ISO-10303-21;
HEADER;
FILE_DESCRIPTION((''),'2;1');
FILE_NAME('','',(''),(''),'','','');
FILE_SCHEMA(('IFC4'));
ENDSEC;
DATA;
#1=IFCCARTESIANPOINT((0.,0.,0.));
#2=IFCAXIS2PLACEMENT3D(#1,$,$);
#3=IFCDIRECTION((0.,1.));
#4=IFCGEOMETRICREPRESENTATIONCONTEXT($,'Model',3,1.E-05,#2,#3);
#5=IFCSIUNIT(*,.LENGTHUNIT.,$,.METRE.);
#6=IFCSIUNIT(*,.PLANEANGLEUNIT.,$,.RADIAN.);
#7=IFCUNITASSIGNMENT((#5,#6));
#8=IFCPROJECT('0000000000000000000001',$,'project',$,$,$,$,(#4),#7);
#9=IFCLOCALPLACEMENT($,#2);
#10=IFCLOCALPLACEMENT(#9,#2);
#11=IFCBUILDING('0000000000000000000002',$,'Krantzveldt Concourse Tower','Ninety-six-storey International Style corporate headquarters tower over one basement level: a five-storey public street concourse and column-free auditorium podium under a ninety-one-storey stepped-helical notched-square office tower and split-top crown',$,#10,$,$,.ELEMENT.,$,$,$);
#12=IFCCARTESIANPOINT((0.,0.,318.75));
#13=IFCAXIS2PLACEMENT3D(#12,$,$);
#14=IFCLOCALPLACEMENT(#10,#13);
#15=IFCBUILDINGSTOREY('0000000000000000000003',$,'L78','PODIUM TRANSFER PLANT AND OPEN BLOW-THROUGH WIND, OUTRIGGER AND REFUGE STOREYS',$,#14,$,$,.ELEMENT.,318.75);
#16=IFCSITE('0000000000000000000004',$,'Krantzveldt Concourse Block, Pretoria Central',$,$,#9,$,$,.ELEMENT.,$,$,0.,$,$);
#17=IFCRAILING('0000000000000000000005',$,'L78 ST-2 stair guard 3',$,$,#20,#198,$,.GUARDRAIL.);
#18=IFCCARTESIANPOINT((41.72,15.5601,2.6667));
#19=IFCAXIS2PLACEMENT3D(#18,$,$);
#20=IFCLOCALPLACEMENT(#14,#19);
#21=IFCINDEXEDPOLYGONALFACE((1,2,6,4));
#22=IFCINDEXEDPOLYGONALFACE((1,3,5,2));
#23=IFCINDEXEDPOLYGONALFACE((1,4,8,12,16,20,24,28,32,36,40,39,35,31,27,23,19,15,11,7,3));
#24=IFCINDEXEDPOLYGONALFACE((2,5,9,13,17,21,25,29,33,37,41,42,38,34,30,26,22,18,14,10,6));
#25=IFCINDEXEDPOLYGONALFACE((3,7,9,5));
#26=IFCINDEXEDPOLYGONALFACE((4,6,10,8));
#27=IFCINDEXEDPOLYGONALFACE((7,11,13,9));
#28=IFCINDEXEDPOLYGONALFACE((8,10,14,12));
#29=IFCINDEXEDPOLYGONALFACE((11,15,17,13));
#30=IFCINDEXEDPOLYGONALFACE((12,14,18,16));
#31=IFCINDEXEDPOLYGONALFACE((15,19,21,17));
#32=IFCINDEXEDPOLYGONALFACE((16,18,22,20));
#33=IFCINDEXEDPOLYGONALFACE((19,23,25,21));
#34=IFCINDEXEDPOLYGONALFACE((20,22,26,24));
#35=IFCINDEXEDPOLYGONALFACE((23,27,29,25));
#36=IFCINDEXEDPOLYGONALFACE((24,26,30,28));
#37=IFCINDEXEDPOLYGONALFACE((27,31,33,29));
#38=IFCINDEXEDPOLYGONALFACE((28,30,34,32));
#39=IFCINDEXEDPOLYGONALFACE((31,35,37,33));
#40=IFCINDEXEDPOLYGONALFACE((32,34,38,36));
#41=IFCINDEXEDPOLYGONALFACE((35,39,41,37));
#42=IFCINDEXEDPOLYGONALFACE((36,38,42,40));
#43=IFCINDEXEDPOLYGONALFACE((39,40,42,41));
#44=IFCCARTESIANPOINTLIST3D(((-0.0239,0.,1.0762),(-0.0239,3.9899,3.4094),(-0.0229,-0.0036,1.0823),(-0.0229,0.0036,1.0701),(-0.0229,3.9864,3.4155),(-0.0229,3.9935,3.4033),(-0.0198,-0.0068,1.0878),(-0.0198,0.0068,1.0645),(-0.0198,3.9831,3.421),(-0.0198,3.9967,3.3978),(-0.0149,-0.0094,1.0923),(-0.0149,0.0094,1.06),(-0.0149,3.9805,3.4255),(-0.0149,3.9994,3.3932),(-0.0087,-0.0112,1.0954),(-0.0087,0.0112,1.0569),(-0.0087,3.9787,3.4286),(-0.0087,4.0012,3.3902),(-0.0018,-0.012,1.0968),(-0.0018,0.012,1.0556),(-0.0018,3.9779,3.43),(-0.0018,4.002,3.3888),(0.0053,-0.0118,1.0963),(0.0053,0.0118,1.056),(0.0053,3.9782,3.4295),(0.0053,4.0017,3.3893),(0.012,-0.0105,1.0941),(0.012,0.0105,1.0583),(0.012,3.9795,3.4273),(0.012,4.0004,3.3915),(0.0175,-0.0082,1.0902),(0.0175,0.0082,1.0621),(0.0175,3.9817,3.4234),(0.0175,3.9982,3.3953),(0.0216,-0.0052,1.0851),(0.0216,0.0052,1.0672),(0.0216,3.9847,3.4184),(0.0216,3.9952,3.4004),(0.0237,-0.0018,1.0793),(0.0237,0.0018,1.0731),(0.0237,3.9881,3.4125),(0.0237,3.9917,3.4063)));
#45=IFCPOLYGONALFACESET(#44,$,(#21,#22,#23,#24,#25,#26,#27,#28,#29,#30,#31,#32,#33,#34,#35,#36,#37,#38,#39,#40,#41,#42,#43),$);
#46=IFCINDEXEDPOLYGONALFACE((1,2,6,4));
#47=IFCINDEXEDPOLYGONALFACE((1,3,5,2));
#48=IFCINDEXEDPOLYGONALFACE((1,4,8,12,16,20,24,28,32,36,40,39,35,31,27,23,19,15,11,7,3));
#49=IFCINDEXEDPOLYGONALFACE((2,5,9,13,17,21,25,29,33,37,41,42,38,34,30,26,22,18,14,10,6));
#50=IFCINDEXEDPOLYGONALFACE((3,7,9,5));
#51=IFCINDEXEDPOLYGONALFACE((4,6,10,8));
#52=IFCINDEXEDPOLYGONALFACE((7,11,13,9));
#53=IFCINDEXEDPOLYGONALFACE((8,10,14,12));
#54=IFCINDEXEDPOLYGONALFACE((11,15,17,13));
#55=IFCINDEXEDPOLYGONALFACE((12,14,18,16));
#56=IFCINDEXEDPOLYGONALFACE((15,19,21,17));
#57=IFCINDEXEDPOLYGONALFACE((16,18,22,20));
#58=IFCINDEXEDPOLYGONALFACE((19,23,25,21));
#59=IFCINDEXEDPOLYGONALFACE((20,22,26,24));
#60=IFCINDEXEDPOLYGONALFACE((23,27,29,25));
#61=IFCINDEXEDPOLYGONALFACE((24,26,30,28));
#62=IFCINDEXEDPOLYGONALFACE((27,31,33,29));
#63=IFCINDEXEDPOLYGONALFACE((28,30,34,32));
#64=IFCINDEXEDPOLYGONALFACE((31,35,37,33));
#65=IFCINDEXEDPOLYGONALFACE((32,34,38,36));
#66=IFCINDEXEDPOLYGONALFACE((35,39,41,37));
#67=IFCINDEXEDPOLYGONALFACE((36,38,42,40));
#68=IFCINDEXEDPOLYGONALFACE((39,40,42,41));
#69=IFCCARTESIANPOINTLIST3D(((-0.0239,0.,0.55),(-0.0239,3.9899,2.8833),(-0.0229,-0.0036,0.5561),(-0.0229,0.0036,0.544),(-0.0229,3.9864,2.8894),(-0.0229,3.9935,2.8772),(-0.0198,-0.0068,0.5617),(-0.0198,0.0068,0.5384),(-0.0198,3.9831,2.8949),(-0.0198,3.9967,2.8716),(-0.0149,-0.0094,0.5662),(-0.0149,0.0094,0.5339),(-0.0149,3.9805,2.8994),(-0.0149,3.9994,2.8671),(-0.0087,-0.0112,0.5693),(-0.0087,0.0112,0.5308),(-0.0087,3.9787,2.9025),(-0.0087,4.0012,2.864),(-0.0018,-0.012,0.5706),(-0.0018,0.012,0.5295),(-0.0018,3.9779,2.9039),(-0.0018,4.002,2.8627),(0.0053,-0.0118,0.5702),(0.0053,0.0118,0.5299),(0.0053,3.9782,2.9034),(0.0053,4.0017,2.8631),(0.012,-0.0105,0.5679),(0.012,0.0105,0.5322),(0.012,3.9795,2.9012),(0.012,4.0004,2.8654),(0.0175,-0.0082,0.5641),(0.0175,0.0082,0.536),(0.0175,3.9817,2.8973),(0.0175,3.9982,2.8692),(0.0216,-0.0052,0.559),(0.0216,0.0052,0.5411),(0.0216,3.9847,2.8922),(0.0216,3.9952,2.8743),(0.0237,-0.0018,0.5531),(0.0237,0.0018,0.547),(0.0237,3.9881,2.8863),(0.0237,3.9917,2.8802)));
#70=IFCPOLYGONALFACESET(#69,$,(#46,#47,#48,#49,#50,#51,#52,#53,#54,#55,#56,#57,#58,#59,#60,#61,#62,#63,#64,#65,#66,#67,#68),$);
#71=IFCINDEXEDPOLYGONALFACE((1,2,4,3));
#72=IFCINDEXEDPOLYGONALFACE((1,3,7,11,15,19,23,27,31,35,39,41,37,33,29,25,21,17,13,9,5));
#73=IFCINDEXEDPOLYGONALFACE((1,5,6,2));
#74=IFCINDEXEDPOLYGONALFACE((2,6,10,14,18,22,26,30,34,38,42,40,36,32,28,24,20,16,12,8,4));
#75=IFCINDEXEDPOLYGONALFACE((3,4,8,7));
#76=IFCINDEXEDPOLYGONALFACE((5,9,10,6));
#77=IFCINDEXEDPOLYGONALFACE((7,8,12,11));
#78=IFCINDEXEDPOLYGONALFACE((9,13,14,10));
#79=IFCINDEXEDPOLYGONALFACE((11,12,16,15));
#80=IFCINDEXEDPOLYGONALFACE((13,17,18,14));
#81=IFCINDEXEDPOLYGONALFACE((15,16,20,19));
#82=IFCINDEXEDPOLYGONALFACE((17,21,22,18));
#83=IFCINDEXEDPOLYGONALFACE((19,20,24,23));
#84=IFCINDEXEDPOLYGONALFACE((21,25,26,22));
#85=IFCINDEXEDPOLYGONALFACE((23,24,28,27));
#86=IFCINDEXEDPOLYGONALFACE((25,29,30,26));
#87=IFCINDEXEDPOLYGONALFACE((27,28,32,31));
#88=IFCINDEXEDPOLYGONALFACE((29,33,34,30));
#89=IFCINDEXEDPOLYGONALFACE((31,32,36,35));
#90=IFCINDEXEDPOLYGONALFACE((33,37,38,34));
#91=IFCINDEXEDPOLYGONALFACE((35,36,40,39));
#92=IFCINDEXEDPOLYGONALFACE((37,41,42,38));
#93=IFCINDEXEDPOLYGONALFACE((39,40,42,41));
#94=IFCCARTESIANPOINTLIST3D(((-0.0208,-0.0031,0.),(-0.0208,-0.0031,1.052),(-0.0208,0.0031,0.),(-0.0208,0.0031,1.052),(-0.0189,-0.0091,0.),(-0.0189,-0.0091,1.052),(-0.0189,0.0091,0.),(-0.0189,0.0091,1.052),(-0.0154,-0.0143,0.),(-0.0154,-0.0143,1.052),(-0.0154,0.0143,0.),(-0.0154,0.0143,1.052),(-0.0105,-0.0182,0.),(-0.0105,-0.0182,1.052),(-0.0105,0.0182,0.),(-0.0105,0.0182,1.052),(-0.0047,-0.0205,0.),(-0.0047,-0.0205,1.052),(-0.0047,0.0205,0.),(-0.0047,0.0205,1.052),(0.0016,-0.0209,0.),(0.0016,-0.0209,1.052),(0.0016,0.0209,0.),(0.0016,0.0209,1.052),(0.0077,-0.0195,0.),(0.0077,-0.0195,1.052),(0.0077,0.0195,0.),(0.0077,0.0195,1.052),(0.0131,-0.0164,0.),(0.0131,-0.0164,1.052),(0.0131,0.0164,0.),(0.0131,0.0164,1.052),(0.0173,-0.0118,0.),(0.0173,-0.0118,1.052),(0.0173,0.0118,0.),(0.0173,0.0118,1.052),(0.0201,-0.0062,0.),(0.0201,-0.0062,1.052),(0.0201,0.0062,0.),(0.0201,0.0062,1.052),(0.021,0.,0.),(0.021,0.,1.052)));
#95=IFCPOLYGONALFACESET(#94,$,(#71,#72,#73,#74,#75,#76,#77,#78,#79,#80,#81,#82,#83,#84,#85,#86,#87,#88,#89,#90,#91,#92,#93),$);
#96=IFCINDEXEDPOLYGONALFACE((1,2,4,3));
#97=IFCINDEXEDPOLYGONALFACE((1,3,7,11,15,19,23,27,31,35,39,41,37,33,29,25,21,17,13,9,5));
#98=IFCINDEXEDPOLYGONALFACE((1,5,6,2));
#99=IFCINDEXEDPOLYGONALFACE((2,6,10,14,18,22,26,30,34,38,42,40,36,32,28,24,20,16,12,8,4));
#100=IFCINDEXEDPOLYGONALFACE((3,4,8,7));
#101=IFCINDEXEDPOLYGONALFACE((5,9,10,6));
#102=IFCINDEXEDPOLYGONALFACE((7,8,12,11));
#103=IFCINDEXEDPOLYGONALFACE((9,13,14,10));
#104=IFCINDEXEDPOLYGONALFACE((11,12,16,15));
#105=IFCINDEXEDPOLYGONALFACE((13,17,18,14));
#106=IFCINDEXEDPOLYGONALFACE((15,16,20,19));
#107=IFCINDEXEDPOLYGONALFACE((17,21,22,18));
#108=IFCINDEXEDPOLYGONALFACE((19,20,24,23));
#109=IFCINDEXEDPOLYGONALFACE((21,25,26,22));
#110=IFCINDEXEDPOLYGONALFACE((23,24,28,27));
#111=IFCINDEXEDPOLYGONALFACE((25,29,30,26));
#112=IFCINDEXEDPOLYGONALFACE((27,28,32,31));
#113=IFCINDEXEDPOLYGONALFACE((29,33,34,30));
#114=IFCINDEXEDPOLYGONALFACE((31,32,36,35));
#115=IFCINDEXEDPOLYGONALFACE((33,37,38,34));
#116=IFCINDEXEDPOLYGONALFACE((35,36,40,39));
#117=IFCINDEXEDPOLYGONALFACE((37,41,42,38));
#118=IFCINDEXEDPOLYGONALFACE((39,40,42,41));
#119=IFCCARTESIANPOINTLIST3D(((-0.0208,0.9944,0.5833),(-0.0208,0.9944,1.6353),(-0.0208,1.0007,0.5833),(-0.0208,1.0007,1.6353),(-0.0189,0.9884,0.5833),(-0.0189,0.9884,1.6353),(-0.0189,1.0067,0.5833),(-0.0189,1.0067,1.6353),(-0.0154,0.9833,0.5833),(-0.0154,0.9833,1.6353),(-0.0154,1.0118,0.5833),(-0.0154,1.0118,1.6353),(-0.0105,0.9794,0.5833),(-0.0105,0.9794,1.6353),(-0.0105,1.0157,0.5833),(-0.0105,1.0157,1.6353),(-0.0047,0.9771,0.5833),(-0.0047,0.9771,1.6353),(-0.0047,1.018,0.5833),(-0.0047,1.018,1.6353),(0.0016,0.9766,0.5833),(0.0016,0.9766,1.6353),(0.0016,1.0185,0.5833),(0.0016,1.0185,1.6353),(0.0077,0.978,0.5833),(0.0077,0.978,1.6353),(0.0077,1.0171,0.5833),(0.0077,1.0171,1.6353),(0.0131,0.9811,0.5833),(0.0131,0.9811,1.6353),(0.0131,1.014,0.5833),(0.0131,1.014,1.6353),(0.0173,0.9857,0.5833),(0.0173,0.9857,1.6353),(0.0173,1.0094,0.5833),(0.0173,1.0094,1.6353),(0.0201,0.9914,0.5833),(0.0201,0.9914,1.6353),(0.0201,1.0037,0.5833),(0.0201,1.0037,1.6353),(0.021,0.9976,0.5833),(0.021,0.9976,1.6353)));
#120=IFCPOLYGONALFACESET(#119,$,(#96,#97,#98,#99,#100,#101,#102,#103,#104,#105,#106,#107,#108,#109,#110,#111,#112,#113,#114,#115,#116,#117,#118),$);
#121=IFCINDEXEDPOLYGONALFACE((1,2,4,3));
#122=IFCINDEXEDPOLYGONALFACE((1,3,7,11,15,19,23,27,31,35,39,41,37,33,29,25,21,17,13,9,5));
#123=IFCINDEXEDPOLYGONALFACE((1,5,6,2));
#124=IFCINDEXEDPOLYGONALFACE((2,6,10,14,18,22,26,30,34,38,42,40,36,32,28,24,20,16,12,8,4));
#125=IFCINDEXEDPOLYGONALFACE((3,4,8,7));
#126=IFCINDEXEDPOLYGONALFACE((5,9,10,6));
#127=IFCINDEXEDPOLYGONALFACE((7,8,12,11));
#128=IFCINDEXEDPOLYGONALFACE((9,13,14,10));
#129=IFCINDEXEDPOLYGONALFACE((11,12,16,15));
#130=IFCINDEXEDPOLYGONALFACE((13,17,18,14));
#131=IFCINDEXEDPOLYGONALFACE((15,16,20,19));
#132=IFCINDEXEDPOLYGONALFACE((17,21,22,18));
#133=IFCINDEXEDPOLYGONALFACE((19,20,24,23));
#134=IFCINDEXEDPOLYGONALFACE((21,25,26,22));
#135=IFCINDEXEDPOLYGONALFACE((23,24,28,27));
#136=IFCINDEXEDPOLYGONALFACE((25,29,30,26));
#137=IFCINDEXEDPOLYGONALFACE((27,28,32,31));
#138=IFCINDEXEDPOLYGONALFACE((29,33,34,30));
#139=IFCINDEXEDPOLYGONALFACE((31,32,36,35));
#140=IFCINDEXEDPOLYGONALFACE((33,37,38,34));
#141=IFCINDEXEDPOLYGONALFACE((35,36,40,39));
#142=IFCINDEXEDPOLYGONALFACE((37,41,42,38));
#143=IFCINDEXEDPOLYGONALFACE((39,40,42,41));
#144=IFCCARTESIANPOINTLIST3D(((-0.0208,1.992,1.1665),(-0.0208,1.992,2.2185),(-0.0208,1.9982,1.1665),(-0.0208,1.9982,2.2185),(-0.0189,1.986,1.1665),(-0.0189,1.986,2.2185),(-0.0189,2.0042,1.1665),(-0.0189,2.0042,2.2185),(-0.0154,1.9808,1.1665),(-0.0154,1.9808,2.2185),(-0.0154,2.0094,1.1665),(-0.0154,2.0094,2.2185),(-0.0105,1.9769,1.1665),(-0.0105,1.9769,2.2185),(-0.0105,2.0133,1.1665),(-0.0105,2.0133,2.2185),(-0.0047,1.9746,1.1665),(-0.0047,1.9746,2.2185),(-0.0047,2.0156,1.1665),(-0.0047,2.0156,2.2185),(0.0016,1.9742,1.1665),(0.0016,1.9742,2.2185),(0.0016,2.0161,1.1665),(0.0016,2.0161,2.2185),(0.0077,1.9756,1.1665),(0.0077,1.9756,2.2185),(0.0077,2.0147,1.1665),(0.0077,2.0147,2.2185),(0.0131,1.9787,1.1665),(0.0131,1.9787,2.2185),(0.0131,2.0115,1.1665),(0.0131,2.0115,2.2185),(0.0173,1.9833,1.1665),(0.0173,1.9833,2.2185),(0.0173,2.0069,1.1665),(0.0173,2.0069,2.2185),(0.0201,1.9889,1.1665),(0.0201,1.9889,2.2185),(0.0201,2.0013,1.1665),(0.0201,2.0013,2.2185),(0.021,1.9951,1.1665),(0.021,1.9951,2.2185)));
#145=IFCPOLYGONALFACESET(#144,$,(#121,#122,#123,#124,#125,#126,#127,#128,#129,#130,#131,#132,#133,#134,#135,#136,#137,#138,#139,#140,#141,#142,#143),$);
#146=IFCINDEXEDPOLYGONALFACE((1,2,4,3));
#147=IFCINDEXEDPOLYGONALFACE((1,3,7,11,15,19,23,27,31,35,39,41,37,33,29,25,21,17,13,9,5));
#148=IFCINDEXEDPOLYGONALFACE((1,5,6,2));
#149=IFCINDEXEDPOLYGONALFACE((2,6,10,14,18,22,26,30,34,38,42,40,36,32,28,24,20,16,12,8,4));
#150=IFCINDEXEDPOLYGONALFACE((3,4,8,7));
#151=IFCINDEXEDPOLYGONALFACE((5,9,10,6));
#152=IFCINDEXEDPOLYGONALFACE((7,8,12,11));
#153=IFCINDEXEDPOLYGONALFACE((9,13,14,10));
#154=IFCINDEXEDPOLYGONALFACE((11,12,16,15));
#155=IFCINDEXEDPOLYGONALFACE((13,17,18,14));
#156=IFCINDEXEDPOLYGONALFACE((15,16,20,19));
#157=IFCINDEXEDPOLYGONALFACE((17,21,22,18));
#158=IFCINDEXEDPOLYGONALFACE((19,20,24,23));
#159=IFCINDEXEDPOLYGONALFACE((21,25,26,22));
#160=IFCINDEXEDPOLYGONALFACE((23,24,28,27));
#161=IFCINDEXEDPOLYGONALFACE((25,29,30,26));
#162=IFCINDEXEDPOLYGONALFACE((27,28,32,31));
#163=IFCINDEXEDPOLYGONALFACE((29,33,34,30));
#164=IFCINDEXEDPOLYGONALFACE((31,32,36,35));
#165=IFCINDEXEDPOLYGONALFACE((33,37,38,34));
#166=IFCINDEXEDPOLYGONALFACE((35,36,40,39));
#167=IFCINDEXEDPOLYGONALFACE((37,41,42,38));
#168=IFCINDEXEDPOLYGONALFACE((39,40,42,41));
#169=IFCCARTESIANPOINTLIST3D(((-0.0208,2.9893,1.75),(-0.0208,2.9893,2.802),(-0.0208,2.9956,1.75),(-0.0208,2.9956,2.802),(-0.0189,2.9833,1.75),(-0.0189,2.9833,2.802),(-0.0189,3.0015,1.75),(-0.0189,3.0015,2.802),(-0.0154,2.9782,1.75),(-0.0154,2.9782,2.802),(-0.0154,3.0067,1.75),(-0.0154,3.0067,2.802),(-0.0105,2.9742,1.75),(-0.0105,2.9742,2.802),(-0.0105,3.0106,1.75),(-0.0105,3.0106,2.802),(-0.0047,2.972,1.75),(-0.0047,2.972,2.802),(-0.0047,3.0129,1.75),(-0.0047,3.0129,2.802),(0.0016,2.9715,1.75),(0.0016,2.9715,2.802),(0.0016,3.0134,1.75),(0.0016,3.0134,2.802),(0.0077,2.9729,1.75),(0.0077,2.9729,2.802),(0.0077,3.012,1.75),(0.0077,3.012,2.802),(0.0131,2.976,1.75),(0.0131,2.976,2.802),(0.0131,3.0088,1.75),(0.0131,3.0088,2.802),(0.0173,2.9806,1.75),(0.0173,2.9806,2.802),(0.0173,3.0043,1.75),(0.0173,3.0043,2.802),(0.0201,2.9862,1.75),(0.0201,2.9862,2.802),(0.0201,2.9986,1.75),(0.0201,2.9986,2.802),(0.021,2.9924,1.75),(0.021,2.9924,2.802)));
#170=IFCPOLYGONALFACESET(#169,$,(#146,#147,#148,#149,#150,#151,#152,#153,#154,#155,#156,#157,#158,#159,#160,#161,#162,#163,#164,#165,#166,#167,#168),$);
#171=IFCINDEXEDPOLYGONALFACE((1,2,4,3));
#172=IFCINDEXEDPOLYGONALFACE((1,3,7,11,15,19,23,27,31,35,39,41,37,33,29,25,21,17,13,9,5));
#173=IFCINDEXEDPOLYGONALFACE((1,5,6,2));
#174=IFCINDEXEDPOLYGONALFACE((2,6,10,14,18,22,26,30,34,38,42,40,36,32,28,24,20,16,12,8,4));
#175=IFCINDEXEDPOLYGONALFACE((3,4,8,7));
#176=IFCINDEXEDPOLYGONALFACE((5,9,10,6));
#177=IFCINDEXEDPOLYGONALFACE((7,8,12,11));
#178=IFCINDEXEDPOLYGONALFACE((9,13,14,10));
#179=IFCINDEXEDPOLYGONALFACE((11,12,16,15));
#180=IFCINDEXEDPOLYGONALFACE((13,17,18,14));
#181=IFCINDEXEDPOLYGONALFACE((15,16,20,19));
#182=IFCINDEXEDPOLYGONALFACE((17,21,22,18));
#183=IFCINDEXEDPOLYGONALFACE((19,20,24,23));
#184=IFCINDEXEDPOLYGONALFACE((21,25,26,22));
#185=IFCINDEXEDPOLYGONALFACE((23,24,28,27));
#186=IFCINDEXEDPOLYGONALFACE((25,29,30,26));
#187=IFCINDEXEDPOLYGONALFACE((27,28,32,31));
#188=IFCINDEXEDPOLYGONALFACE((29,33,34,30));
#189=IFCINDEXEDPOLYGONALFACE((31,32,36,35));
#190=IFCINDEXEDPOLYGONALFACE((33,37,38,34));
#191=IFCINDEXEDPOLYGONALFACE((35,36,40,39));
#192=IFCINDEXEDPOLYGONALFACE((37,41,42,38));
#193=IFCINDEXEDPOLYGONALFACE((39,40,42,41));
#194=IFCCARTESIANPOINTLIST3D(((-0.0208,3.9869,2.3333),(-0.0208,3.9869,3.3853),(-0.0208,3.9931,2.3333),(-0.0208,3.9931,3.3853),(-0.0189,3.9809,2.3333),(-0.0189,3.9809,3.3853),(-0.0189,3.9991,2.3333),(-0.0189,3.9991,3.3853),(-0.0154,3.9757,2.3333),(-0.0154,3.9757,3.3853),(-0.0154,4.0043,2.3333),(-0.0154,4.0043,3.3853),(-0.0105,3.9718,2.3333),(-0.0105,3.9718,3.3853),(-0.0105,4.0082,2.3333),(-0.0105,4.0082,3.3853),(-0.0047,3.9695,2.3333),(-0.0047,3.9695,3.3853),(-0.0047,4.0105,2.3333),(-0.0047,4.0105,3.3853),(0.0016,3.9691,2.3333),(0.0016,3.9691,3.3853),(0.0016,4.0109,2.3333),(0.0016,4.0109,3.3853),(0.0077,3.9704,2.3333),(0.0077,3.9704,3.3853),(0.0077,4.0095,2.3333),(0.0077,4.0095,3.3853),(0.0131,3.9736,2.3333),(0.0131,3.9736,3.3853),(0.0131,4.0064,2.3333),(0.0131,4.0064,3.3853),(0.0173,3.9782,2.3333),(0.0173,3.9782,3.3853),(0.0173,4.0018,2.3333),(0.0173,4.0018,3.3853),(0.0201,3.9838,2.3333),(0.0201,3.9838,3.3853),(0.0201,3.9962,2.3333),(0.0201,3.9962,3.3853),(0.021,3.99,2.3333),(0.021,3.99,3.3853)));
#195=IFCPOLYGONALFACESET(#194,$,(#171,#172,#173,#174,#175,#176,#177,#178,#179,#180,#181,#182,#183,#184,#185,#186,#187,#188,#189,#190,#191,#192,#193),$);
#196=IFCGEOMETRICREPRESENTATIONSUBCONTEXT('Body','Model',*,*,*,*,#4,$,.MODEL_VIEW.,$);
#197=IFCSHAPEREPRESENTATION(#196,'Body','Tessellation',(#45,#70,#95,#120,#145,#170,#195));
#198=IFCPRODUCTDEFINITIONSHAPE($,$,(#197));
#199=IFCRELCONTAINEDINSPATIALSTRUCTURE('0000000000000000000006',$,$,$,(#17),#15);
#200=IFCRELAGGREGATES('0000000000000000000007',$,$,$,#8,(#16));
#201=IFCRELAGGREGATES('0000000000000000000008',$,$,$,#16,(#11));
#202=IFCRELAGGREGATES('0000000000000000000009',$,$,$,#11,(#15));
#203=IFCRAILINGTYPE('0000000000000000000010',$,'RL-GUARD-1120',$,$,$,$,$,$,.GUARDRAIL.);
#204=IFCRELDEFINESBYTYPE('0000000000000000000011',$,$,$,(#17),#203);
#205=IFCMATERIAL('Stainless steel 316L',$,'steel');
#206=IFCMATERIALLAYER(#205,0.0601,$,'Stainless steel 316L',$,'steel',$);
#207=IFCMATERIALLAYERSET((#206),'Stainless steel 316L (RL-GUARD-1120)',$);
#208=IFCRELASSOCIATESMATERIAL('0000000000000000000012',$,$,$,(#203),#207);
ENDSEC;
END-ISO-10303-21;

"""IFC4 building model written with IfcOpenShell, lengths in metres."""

from ifc_helpers import new_model, si_unit, direction, frame, origin, origin_2d, place, context, subcontext, project, spatial, circle, extrude, material, layer, layer_set, type_object, element, save


model = new_model("IFC4")

# Units and contexts
model_context = context("Model", 3, precision=1e-05, world=origin(), true_north=direction((0.0, 1.0)))
body_context = subcontext(model_context, "Body", "Model", "MODEL_VIEW")
ifc_project = project(units=[si_unit("LENGTHUNIT", "METRE"), si_unit("PLANEANGLEUNIT", "RADIAN")], contexts=[model_context])

# Site, building, storey
site_placement = place(None, origin())
site = spatial("IfcSite", under=ifc_project, at=site_placement, Name="Krantzveldt Concourse Block, Pretoria Central", CompositionType="ELEMENT", RefElevation=0.0)
building_placement = place(site_placement, origin())
building = spatial("IfcBuilding", under=site, at=building_placement, Name="Krantzveldt Concourse Tower", Description="Ninety-six-storey International Style corporate headquarters tower over one basement level: a five-storey public street concourse and column-free auditorium podium under a ninety-one-storey stepped-helical notched-square office tower and split-top crown", CompositionType="ELEMENT")
storey_placement = place(building_placement, frame((0.0, 0.0, 318.75)))
storey = spatial("IfcBuildingStorey", under=building, at=storey_placement, Name="L78", Description="PODIUM TRANSFER PLANT AND OPEN BLOW-THROUGH WIND, OUTRIGGER AND REFUGE STOREYS", CompositionType="ELEMENT", Elevation=318.75)

# Shared definitions
ifc_material_1 = material(Name="Stainless steel 316L", Category="steel")

# Railing
ifc_layer_1 = layer(ifc_material_1, 0.0601, Name="Stainless steel 316L", Category="steel")
ifc_layer_set_1 = layer_set([ifc_layer_1], Name="Stainless steel 316L (RL-GUARD-1120)")
railing_type_1 = type_object("IfcRailingType", Name="RL-GUARD-1120", PredefinedType="GUARDRAIL", material=ifc_layer_set_1)
railing_1_placement = place(storey_placement, frame((41.72, 15.5601, 2.6667)))
element("IfcRailing", 1, at=railing_1_placement, inside=storey, type_object=railing_type_1, Name="L78 ST-2 stair guard 3", PredefinedType="GUARDRAIL", context=body_context, shape_type="SweptSolid", body=[
    extrude(circle(Radius=0.0239, at=origin_2d()), frame((0.0, 0.0, 1.0762), z_axis=(0.0, 0.863236, 0.5048), x_axis=(-1.0, 0.0, 0.0)), (0.0, 0.0, 1.0), 4.6221),
    extrude(circle(Radius=0.0239, at=origin_2d()), frame((0.0, 0.0, 0.55), z_axis=(0.0, 0.863236, 0.5048), x_axis=(-1.0, 0.0, 0.0)), (0.0, 0.0, 1.0), 4.6221),
    extrude(circle(Radius=0.021, at=origin_2d()), origin(), (0.0, 0.0, 1.0), 1.052),
    extrude(circle(Radius=0.021, at=origin_2d()), frame((0.0, 0.9976, 0.5833)), (0.0, 0.0, 1.0), 1.052),
    extrude(circle(Radius=0.021, at=origin_2d()), frame((0.0, 1.9951, 1.1665)), (0.0, 0.0, 1.0), 1.052),
    extrude(circle(Radius=0.021, at=origin_2d()), frame((0.0, 2.9924, 1.75)), (0.0, 0.0, 1.0), 1.052),
    extrude(circle(Radius=0.021, at=origin_2d()), frame((0.0, 3.99, 2.3333)), (0.0, 0.0, 1.0), 1.052),
])

save(model, "model.ifc")
